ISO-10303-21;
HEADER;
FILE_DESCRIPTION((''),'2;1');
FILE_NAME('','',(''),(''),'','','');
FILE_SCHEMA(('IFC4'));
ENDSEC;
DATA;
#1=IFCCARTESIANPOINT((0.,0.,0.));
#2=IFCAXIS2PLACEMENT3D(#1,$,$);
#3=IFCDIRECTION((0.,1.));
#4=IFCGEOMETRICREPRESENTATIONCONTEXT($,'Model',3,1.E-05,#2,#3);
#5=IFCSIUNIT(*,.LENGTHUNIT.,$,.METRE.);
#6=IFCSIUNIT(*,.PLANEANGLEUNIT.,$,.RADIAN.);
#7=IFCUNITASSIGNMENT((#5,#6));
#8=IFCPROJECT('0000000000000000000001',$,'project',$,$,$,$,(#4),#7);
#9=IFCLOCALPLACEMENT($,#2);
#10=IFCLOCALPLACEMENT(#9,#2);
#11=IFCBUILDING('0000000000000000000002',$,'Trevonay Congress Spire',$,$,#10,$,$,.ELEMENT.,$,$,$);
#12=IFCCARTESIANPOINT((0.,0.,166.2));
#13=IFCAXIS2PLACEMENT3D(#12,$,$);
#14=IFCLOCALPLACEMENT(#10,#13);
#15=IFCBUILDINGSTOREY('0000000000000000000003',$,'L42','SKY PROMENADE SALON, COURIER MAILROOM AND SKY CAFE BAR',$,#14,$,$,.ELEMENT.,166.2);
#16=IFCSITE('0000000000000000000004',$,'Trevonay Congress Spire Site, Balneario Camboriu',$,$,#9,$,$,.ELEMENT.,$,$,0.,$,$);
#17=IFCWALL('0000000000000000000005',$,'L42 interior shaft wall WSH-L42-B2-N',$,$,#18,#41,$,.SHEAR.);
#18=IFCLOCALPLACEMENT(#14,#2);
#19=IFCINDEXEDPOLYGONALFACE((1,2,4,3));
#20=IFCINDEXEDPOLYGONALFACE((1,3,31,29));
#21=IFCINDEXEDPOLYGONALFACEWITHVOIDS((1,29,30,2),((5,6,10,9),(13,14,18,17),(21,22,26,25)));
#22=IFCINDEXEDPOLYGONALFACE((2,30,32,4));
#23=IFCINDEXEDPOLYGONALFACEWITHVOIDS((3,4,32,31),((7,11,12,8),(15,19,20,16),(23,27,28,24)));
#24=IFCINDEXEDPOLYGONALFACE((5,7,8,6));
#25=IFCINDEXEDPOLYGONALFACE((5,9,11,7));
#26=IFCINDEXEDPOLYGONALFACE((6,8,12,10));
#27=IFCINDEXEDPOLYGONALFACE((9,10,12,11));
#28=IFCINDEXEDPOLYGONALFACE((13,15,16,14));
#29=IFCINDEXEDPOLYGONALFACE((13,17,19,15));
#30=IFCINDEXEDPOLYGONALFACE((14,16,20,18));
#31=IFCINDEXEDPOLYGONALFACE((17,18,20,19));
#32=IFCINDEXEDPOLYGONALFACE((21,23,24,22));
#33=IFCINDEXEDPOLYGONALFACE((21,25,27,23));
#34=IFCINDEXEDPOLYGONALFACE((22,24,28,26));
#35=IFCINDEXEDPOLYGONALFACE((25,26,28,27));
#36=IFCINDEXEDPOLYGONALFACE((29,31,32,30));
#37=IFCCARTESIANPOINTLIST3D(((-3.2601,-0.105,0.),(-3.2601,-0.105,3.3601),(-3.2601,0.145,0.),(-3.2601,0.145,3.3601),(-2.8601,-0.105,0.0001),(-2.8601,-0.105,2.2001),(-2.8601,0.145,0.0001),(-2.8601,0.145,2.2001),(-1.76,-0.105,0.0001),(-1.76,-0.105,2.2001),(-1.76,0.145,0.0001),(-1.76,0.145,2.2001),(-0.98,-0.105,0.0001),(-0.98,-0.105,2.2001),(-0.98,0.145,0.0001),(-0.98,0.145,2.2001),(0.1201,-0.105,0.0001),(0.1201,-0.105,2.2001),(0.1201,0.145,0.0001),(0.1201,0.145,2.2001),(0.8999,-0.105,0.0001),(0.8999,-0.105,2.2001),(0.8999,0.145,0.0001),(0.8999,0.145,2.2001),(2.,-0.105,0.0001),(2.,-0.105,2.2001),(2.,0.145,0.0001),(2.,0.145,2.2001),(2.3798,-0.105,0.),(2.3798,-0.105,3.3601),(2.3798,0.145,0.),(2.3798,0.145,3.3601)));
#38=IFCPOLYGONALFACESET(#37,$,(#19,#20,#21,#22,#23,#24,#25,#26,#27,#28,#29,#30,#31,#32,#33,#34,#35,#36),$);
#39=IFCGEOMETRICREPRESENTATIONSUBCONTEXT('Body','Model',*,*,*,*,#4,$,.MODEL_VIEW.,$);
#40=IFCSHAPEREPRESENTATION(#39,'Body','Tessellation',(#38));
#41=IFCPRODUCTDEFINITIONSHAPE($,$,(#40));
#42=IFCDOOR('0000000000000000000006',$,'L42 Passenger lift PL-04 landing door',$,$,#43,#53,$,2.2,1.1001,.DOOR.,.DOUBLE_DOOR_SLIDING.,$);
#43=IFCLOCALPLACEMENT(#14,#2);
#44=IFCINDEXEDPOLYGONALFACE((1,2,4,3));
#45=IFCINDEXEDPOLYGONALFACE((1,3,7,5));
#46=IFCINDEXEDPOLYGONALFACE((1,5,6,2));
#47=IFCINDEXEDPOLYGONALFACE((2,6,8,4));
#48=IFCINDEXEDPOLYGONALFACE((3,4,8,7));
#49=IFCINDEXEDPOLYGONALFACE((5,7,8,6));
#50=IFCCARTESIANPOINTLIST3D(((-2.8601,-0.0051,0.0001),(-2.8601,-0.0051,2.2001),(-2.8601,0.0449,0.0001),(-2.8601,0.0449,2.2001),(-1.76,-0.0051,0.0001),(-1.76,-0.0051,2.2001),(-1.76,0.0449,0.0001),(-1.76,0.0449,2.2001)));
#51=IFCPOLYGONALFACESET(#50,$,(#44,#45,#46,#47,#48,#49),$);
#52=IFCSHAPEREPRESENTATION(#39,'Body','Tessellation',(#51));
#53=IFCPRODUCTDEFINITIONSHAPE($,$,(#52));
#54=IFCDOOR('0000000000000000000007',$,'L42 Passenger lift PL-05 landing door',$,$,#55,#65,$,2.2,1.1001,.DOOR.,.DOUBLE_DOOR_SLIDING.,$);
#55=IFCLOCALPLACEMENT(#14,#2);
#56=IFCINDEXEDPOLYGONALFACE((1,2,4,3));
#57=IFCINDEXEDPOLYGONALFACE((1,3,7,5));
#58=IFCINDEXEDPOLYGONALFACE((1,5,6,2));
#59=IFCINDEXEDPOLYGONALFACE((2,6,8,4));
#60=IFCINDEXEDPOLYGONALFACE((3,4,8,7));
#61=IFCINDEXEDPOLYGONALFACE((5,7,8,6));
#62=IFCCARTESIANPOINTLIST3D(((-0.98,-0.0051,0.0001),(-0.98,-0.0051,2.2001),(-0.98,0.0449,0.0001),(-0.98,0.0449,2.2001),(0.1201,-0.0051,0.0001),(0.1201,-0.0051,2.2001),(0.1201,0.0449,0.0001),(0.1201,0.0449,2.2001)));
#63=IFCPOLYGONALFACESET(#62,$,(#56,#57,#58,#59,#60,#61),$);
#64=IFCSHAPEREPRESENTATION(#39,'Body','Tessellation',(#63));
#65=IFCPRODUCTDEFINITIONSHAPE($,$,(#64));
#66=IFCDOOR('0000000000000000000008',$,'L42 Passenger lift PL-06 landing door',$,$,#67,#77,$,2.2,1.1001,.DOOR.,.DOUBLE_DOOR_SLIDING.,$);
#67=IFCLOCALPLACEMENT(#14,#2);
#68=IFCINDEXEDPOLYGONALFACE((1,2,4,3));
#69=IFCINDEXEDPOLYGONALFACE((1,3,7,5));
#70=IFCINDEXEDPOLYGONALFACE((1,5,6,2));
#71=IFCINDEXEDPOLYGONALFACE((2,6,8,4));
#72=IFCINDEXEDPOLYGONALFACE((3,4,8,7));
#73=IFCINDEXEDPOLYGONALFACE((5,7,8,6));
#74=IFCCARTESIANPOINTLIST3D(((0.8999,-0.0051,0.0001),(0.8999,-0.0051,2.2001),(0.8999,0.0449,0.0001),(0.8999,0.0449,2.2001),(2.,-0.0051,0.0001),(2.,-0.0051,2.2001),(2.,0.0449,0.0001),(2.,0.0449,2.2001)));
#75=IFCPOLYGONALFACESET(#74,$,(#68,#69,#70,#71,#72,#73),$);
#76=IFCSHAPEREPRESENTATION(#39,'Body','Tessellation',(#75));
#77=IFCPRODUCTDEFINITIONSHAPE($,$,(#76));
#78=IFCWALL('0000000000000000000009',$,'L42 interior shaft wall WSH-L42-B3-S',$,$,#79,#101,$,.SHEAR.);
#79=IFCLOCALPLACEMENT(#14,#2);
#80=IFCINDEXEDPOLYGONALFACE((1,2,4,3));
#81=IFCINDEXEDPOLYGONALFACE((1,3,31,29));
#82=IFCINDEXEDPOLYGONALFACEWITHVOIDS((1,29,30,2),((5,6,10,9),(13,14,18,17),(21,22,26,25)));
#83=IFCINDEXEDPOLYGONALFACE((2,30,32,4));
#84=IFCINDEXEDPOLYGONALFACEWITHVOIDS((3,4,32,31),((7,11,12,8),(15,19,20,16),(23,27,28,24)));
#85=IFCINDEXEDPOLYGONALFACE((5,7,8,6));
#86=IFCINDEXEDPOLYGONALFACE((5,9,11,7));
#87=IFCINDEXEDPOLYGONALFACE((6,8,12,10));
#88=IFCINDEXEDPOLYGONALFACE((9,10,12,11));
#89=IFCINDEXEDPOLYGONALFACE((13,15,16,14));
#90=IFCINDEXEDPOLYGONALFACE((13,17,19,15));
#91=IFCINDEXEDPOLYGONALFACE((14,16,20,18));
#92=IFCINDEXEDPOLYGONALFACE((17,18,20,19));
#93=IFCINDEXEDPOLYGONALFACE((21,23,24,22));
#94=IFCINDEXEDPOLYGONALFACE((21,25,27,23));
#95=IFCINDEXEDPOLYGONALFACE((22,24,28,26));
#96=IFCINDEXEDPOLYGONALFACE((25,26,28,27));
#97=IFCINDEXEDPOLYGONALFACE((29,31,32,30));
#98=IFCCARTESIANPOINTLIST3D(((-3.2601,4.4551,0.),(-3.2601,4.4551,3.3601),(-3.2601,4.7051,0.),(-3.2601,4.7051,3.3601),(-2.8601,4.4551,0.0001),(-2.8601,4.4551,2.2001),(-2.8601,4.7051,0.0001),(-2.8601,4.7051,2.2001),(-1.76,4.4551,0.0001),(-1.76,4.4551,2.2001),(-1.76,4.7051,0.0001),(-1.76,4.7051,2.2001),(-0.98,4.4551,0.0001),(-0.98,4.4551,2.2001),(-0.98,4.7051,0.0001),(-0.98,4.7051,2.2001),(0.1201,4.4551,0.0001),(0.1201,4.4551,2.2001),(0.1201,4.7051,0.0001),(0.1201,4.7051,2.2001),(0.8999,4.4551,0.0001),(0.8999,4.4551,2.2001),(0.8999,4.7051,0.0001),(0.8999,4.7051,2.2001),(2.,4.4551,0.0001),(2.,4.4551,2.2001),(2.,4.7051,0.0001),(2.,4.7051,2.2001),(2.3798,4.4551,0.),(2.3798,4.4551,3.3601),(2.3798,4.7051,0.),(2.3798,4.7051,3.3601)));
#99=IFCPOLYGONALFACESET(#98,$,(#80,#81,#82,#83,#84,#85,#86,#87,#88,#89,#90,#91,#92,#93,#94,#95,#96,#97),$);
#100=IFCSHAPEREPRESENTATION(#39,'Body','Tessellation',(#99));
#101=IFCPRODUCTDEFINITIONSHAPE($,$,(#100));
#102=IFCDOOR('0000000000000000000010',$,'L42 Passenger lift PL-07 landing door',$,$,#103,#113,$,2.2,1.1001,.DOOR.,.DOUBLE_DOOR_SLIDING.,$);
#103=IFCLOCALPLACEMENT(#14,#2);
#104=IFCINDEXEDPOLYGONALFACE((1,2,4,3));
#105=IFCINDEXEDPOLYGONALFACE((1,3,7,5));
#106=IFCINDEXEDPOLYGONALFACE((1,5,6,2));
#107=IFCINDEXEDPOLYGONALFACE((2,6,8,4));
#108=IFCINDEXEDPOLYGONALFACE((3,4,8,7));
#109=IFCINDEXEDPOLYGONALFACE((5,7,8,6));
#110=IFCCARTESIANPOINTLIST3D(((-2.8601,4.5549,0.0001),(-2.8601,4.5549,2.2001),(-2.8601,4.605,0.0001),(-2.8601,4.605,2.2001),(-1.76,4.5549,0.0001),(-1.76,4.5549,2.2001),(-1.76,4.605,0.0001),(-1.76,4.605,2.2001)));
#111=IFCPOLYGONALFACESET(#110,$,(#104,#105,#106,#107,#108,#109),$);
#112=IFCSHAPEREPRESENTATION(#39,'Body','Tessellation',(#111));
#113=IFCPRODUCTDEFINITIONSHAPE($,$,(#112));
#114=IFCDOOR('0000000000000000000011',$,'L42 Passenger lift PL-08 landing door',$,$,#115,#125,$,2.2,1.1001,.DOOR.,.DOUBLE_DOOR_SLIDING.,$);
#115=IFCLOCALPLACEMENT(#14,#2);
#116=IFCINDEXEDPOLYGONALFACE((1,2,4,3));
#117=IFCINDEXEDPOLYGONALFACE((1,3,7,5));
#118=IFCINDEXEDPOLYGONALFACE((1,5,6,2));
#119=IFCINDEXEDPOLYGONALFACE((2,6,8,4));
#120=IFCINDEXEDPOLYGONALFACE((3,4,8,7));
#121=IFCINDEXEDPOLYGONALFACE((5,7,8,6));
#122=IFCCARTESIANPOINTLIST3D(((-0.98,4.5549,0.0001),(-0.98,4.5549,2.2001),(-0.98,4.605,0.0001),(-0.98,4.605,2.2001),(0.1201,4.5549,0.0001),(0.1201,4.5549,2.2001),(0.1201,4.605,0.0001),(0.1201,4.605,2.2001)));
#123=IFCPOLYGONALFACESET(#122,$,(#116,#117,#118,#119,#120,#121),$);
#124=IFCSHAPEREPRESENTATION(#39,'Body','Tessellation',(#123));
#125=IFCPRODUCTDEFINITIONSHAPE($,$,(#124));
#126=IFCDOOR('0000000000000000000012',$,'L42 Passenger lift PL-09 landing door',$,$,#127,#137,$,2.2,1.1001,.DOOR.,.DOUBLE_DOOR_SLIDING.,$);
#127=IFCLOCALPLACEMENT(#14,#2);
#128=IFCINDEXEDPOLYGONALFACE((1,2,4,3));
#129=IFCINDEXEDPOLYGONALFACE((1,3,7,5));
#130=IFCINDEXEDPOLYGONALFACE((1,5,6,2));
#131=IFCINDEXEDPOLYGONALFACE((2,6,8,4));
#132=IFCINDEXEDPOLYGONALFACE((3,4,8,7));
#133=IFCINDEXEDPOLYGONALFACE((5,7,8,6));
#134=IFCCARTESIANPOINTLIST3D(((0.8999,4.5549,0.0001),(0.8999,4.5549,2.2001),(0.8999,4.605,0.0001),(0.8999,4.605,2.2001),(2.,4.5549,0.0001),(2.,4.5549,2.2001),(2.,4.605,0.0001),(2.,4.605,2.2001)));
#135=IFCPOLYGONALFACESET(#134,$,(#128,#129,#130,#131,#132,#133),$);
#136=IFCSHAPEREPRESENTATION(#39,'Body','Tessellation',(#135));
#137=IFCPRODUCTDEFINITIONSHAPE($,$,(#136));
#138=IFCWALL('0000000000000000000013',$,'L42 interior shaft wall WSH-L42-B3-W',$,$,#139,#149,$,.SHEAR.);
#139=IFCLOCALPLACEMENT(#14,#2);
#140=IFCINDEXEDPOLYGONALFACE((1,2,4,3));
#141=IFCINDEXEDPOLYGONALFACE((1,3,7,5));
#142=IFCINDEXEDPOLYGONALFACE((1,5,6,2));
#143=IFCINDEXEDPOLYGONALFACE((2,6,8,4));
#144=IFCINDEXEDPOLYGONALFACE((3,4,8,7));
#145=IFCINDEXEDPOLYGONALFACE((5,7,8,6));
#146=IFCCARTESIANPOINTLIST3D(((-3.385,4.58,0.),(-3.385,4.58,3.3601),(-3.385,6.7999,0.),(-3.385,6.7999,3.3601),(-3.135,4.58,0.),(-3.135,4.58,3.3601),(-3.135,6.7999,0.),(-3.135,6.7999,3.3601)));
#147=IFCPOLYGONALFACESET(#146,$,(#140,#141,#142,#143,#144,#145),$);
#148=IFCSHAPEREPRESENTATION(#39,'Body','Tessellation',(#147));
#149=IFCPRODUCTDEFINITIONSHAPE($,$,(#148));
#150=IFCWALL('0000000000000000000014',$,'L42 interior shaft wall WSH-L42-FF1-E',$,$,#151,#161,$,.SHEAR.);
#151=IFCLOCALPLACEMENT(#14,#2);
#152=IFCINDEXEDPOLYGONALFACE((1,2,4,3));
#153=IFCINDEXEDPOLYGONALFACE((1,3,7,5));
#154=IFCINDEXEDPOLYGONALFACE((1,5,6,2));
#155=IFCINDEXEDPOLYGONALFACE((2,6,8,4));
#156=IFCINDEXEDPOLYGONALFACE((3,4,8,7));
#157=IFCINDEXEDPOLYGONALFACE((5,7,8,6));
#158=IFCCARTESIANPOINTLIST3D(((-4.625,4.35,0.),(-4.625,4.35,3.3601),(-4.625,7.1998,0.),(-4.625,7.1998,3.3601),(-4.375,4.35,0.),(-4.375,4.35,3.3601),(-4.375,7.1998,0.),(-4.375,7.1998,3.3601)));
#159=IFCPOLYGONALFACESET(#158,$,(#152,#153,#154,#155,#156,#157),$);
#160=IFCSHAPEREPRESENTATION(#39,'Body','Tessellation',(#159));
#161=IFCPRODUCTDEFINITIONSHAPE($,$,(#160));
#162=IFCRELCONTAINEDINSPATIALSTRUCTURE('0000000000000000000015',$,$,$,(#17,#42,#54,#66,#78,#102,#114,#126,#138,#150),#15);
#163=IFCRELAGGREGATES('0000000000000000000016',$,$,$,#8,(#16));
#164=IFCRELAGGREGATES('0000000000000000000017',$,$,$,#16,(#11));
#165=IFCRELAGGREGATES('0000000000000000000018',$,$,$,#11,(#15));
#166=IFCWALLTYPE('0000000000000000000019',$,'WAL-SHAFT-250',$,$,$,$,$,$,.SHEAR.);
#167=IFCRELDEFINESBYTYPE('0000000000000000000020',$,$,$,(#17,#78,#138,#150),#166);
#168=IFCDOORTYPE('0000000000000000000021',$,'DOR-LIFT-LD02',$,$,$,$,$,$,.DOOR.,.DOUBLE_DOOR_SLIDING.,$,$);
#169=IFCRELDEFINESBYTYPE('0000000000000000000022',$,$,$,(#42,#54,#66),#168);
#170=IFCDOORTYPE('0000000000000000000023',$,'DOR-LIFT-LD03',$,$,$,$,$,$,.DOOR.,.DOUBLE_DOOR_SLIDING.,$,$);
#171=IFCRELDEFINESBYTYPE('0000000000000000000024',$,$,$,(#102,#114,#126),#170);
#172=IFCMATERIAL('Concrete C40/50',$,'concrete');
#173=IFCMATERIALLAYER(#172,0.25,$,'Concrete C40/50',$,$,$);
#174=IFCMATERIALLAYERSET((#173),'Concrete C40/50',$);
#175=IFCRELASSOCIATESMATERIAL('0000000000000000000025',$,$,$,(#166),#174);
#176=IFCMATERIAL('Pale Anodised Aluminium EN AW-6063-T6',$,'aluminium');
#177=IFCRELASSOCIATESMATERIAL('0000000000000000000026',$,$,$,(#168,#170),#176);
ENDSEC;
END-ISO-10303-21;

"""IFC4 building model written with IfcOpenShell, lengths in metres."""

from ifc_helpers import new_model, si_unit, direction, frame, frame_2d, origin, place, context, subcontext, project, spatial, rectangle, extrude, material, layer, layer_set, type_object, element, fill, save


model = new_model("IFC4")

# Units and contexts
model_context = context("Model", 3, precision=1e-05, world=origin(), true_north=direction((0.0, 1.0)))
body_context = subcontext(model_context, "Body", "Model", "MODEL_VIEW")
ifc_project = project(units=[si_unit("LENGTHUNIT", "METRE"), si_unit("PLANEANGLEUNIT", "RADIAN")], contexts=[model_context])

# Site, building, storey
site_placement = place(None, origin())
site = spatial("IfcSite", under=ifc_project, at=site_placement, Name="Trevonay Congress Spire Site, Balneario Camboriu", CompositionType="ELEMENT", RefElevation=0.0)
building_placement = place(site_placement, origin())
building = spatial("IfcBuilding", under=site, at=building_placement, Name="Trevonay Congress Spire", CompositionType="ELEMENT")
storey_placement = place(building_placement, frame((0.0, 0.0, 166.2)))
storey = spatial("IfcBuildingStorey", under=building, at=storey_placement, Name="L42", Description="SKY PROMENADE SALON, COURIER MAILROOM AND SKY CAFE BAR", CompositionType="ELEMENT", Elevation=166.2)

# Shared definitions
ifc_material_1 = material(Name="Concrete C40/50", Category="concrete")

# Walls, openings, doors
ifc_layer_1 = layer(ifc_material_1, 0.25, Name="Concrete C40/50")
ifc_layer_set_1 = layer_set([ifc_layer_1], Name="Concrete C40/50")
wall_type_1 = type_object("IfcWallType", Name="WAL-SHAFT-250", PredefinedType="SHEAR", material=ifc_layer_set_1)
wall_1_placement = place(storey_placement, frame((-3.26, 0.02, 0.0), z_axis=(0.0, 0.0, 1.0), x_axis=(1.0, 0.0, 0.0)))
wall_1 = element("IfcWall", 1, at=wall_1_placement, inside=storey, type_object=wall_type_1, Name="L42 interior shaft wall WSH-L42-B2-N", PredefinedType="SHEAR", context=body_context, shape_type="SweptSolid", body=[
    extrude(rectangle(XDim=5.6399, YDim=0.25, at=frame_2d((2.8198, 0.0))), origin(), (0.0, 0.0, 1.0), 3.3601),
])
opening_1_placement = place(wall_1_placement, frame((0.3999, 0.0, 0.0)))
opening_1 = element("IfcOpeningElement", 2, at=opening_1_placement, cuts=wall_1, PredefinedType="OPENING", context=body_context, shape_type="SweptSolid", body=[
    extrude(rectangle(XDim=1.1001, YDim=2.2, at=frame_2d((0.55, 1.1001))), frame((0.0, 0.135, 0.0), z_axis=(0.0, -1.0, 0.0), x_axis=(1.0, 0.0, 0.0)), (0.0, 0.0, 1.0), 0.27),
])
opening_2_placement = place(wall_1_placement, frame((2.28, 0.0, 0.0)))
opening_2 = element("IfcOpeningElement", 3, at=opening_2_placement, cuts=wall_1, PredefinedType="OPENING", context=body_context, shape_type="SweptSolid", body=[
    extrude(rectangle(XDim=1.1001, YDim=2.2, at=frame_2d((0.55, 1.1001))), frame((0.0, 0.135, 0.0), z_axis=(0.0, -1.0, 0.0), x_axis=(1.0, 0.0, 0.0)), (0.0, 0.0, 1.0), 0.27),
])
opening_3_placement = place(wall_1_placement, frame((4.1599, 0.0, 0.0)))
opening_3 = element("IfcOpeningElement", 4, at=opening_3_placement, cuts=wall_1, PredefinedType="OPENING", context=body_context, shape_type="SweptSolid", body=[
    extrude(rectangle(XDim=1.1001, YDim=2.2, at=frame_2d((0.55, 1.1001))), frame((0.0, 0.135, 0.0), z_axis=(0.0, -1.0, 0.0), x_axis=(1.0, 0.0, 0.0)), (0.0, 0.0, 1.0), 0.27),
])
ifc_material_2 = material(Name="Pale Anodised Aluminium EN AW-6063-T6", Category="aluminium")
door_type_1 = type_object("IfcDoorType", Name="DOR-LIFT-LD02", OperationType="DOUBLE_DOOR_SLIDING", PredefinedType="DOOR", material=ifc_material_2)
door_1_placement = place(opening_1_placement, origin())
door_1 = element("IfcDoor", 5, at=door_1_placement, inside=storey, type_object=door_type_1, Name="L42 Passenger lift PL-04 landing door", OperationType="DOUBLE_DOOR_SLIDING", OverallHeight=2.2, OverallWidth=1.1001, PredefinedType="DOOR", context=body_context, shape_type="SweptSolid", body=[
    extrude(rectangle(XDim=1.1001, YDim=2.2, at=frame_2d((0.55, 1.1001))), frame((0.0, 0.0249, 0.0), z_axis=(0.0, -1.0, 0.0), x_axis=(1.0, 0.0, 0.0)), (0.0, 0.0, 1.0), 0.05),
])
fill(opening_1, door_1)
door_2_placement = place(opening_2_placement, origin())
door_2 = element("IfcDoor", 6, at=door_2_placement, inside=storey, type_object=door_type_1, Name="L42 Passenger lift PL-05 landing door", OperationType="DOUBLE_DOOR_SLIDING", OverallHeight=2.2, OverallWidth=1.1001, PredefinedType="DOOR", context=body_context, shape_type="SweptSolid", body=[
    extrude(rectangle(XDim=1.1001, YDim=2.2, at=frame_2d((0.55, 1.1001))), frame((0.0, 0.0249, 0.0), z_axis=(0.0, -1.0, 0.0), x_axis=(1.0, 0.0, 0.0)), (0.0, 0.0, 1.0), 0.05),
])
fill(opening_2, door_2)
door_3_placement = place(opening_3_placement, origin())
door_3 = element("IfcDoor", 7, at=door_3_placement, inside=storey, type_object=door_type_1, Name="L42 Passenger lift PL-06 landing door", OperationType="DOUBLE_DOOR_SLIDING", OverallHeight=2.2, OverallWidth=1.1001, PredefinedType="DOOR", context=body_context, shape_type="SweptSolid", body=[
    extrude(rectangle(XDim=1.1001, YDim=2.2, at=frame_2d((0.55, 1.1001))), frame((0.0, 0.0249, 0.0), z_axis=(0.0, -1.0, 0.0), x_axis=(1.0, 0.0, 0.0)), (0.0, 0.0, 1.0), 0.05),
])
fill(opening_3, door_3)
wall_2_placement = place(storey_placement, frame((-3.26, 4.5801, 0.0), z_axis=(0.0, 0.0, 1.0), x_axis=(1.0, 0.0, 0.0)))
wall_2 = element("IfcWall", 8, at=wall_2_placement, inside=storey, type_object=wall_type_1, Name="L42 interior shaft wall WSH-L42-B3-S", PredefinedType="SHEAR", context=body_context, shape_type="SweptSolid", body=[
    extrude(rectangle(XDim=5.6399, YDim=0.25, at=frame_2d((2.8198, 0.0))), origin(), (0.0, 0.0, 1.0), 3.3601),
])
opening_4_placement = place(wall_2_placement, frame((0.3999, 0.0, 0.0)))
opening_4 = element("IfcOpeningElement", 9, at=opening_4_placement, cuts=wall_2, PredefinedType="OPENING", context=body_context, shape_type="SweptSolid", body=[
    extrude(rectangle(XDim=1.1001, YDim=2.2, at=frame_2d((0.55, 1.1001))), frame((0.0, 0.135, 0.0), z_axis=(0.0, -1.0, 0.0), x_axis=(1.0, 0.0, 0.0)), (0.0, 0.0, 1.0), 0.27),
])
opening_5_placement = place(wall_2_placement, frame((2.28, 0.0, 0.0)))
opening_5 = element("IfcOpeningElement", 10, at=opening_5_placement, cuts=wall_2, PredefinedType="OPENING", context=body_context, shape_type="SweptSolid", body=[
    extrude(rectangle(XDim=1.1001, YDim=2.2, at=frame_2d((0.55, 1.1001))), frame((0.0, 0.135, 0.0), z_axis=(0.0, -1.0, 0.0), x_axis=(1.0, 0.0, 0.0)), (0.0, 0.0, 1.0), 0.27),
])
opening_6_placement = place(wall_2_placement, frame((4.1599, 0.0, 0.0)))
opening_6 = element("IfcOpeningElement", 11, at=opening_6_placement, cuts=wall_2, PredefinedType="OPENING", context=body_context, shape_type="SweptSolid", body=[
    extrude(rectangle(XDim=1.1001, YDim=2.2, at=frame_2d((0.55, 1.1001))), frame((0.0, 0.135, 0.0), z_axis=(0.0, -1.0, 0.0), x_axis=(1.0, 0.0, 0.0)), (0.0, 0.0, 1.0), 0.27),
])
door_type_2 = type_object("IfcDoorType", Name="DOR-LIFT-LD03", OperationType="DOUBLE_DOOR_SLIDING", PredefinedType="DOOR", material=ifc_material_2)
door_4_placement = place(opening_4_placement, origin())
door_4 = element("IfcDoor", 12, at=door_4_placement, inside=storey, type_object=door_type_2, Name="L42 Passenger lift PL-07 landing door", OperationType="DOUBLE_DOOR_SLIDING", OverallHeight=2.2, OverallWidth=1.1001, PredefinedType="DOOR", context=body_context, shape_type="SweptSolid", body=[
    extrude(rectangle(XDim=1.1001, YDim=2.2, at=frame_2d((0.55, 1.1001))), frame((0.0, 0.0249, 0.0), z_axis=(0.0, -1.0, 0.0), x_axis=(1.0, 0.0, 0.0)), (0.0, 0.0, 1.0), 0.05),
])
fill(opening_4, door_4)
door_5_placement = place(opening_5_placement, origin())
door_5 = element("IfcDoor", 13, at=door_5_placement, inside=storey, type_object=door_type_2, Name="L42 Passenger lift PL-08 landing door", OperationType="DOUBLE_DOOR_SLIDING", OverallHeight=2.2, OverallWidth=1.1001, PredefinedType="DOOR", context=body_context, shape_type="SweptSolid", body=[
    extrude(rectangle(XDim=1.1001, YDim=2.2, at=frame_2d((0.55, 1.1001))), frame((0.0, 0.0249, 0.0), z_axis=(0.0, -1.0, 0.0), x_axis=(1.0, 0.0, 0.0)), (0.0, 0.0, 1.0), 0.05),
])
fill(opening_5, door_5)
door_6_placement = place(opening_6_placement, origin())
door_6 = element("IfcDoor", 14, at=door_6_placement, inside=storey, type_object=door_type_2, Name="L42 Passenger lift PL-09 landing door", OperationType="DOUBLE_DOOR_SLIDING", OverallHeight=2.2, OverallWidth=1.1001, PredefinedType="DOOR", context=body_context, shape_type="SweptSolid", body=[
    extrude(rectangle(XDim=1.1001, YDim=2.2, at=frame_2d((0.55, 1.1001))), frame((0.0, 0.0249, 0.0), z_axis=(0.0, -1.0, 0.0), x_axis=(1.0, 0.0, 0.0)), (0.0, 0.0, 1.0), 0.05),
])
fill(opening_6, door_6)

# Walls
wall_3_placement = place(storey_placement, frame((-3.26, 4.5801, 0.0), z_axis=(0.0, 0.0, 1.0), x_axis=(0.0, 1.0, 0.0)))
element("IfcWall", 15, at=wall_3_placement, inside=storey, type_object=wall_type_1, Name="L42 interior shaft wall WSH-L42-B3-W", PredefinedType="SHEAR", context=body_context, shape_type="SweptSolid", body=[
    extrude(rectangle(XDim=2.22, YDim=0.25, at=frame_2d((1.1099, 0.0))), origin(), (0.0, 0.0, 1.0), 3.3601),
])
wall_4_placement = place(storey_placement, frame((-4.5, 4.3501, 0.0), z_axis=(0.0, 0.0, 1.0), x_axis=(0.0, 1.0, 0.0)))
element("IfcWall", 16, at=wall_4_placement, inside=storey, type_object=wall_type_1, Name="L42 interior shaft wall WSH-L42-FF1-E", PredefinedType="SHEAR", context=body_context, shape_type="SweptSolid", body=[
    extrude(rectangle(XDim=2.8499, YDim=0.25, at=frame_2d((1.4248, 0.0))), origin(), (0.0, 0.0, 1.0), 3.3601),
])

save(model, "model.ifc")
